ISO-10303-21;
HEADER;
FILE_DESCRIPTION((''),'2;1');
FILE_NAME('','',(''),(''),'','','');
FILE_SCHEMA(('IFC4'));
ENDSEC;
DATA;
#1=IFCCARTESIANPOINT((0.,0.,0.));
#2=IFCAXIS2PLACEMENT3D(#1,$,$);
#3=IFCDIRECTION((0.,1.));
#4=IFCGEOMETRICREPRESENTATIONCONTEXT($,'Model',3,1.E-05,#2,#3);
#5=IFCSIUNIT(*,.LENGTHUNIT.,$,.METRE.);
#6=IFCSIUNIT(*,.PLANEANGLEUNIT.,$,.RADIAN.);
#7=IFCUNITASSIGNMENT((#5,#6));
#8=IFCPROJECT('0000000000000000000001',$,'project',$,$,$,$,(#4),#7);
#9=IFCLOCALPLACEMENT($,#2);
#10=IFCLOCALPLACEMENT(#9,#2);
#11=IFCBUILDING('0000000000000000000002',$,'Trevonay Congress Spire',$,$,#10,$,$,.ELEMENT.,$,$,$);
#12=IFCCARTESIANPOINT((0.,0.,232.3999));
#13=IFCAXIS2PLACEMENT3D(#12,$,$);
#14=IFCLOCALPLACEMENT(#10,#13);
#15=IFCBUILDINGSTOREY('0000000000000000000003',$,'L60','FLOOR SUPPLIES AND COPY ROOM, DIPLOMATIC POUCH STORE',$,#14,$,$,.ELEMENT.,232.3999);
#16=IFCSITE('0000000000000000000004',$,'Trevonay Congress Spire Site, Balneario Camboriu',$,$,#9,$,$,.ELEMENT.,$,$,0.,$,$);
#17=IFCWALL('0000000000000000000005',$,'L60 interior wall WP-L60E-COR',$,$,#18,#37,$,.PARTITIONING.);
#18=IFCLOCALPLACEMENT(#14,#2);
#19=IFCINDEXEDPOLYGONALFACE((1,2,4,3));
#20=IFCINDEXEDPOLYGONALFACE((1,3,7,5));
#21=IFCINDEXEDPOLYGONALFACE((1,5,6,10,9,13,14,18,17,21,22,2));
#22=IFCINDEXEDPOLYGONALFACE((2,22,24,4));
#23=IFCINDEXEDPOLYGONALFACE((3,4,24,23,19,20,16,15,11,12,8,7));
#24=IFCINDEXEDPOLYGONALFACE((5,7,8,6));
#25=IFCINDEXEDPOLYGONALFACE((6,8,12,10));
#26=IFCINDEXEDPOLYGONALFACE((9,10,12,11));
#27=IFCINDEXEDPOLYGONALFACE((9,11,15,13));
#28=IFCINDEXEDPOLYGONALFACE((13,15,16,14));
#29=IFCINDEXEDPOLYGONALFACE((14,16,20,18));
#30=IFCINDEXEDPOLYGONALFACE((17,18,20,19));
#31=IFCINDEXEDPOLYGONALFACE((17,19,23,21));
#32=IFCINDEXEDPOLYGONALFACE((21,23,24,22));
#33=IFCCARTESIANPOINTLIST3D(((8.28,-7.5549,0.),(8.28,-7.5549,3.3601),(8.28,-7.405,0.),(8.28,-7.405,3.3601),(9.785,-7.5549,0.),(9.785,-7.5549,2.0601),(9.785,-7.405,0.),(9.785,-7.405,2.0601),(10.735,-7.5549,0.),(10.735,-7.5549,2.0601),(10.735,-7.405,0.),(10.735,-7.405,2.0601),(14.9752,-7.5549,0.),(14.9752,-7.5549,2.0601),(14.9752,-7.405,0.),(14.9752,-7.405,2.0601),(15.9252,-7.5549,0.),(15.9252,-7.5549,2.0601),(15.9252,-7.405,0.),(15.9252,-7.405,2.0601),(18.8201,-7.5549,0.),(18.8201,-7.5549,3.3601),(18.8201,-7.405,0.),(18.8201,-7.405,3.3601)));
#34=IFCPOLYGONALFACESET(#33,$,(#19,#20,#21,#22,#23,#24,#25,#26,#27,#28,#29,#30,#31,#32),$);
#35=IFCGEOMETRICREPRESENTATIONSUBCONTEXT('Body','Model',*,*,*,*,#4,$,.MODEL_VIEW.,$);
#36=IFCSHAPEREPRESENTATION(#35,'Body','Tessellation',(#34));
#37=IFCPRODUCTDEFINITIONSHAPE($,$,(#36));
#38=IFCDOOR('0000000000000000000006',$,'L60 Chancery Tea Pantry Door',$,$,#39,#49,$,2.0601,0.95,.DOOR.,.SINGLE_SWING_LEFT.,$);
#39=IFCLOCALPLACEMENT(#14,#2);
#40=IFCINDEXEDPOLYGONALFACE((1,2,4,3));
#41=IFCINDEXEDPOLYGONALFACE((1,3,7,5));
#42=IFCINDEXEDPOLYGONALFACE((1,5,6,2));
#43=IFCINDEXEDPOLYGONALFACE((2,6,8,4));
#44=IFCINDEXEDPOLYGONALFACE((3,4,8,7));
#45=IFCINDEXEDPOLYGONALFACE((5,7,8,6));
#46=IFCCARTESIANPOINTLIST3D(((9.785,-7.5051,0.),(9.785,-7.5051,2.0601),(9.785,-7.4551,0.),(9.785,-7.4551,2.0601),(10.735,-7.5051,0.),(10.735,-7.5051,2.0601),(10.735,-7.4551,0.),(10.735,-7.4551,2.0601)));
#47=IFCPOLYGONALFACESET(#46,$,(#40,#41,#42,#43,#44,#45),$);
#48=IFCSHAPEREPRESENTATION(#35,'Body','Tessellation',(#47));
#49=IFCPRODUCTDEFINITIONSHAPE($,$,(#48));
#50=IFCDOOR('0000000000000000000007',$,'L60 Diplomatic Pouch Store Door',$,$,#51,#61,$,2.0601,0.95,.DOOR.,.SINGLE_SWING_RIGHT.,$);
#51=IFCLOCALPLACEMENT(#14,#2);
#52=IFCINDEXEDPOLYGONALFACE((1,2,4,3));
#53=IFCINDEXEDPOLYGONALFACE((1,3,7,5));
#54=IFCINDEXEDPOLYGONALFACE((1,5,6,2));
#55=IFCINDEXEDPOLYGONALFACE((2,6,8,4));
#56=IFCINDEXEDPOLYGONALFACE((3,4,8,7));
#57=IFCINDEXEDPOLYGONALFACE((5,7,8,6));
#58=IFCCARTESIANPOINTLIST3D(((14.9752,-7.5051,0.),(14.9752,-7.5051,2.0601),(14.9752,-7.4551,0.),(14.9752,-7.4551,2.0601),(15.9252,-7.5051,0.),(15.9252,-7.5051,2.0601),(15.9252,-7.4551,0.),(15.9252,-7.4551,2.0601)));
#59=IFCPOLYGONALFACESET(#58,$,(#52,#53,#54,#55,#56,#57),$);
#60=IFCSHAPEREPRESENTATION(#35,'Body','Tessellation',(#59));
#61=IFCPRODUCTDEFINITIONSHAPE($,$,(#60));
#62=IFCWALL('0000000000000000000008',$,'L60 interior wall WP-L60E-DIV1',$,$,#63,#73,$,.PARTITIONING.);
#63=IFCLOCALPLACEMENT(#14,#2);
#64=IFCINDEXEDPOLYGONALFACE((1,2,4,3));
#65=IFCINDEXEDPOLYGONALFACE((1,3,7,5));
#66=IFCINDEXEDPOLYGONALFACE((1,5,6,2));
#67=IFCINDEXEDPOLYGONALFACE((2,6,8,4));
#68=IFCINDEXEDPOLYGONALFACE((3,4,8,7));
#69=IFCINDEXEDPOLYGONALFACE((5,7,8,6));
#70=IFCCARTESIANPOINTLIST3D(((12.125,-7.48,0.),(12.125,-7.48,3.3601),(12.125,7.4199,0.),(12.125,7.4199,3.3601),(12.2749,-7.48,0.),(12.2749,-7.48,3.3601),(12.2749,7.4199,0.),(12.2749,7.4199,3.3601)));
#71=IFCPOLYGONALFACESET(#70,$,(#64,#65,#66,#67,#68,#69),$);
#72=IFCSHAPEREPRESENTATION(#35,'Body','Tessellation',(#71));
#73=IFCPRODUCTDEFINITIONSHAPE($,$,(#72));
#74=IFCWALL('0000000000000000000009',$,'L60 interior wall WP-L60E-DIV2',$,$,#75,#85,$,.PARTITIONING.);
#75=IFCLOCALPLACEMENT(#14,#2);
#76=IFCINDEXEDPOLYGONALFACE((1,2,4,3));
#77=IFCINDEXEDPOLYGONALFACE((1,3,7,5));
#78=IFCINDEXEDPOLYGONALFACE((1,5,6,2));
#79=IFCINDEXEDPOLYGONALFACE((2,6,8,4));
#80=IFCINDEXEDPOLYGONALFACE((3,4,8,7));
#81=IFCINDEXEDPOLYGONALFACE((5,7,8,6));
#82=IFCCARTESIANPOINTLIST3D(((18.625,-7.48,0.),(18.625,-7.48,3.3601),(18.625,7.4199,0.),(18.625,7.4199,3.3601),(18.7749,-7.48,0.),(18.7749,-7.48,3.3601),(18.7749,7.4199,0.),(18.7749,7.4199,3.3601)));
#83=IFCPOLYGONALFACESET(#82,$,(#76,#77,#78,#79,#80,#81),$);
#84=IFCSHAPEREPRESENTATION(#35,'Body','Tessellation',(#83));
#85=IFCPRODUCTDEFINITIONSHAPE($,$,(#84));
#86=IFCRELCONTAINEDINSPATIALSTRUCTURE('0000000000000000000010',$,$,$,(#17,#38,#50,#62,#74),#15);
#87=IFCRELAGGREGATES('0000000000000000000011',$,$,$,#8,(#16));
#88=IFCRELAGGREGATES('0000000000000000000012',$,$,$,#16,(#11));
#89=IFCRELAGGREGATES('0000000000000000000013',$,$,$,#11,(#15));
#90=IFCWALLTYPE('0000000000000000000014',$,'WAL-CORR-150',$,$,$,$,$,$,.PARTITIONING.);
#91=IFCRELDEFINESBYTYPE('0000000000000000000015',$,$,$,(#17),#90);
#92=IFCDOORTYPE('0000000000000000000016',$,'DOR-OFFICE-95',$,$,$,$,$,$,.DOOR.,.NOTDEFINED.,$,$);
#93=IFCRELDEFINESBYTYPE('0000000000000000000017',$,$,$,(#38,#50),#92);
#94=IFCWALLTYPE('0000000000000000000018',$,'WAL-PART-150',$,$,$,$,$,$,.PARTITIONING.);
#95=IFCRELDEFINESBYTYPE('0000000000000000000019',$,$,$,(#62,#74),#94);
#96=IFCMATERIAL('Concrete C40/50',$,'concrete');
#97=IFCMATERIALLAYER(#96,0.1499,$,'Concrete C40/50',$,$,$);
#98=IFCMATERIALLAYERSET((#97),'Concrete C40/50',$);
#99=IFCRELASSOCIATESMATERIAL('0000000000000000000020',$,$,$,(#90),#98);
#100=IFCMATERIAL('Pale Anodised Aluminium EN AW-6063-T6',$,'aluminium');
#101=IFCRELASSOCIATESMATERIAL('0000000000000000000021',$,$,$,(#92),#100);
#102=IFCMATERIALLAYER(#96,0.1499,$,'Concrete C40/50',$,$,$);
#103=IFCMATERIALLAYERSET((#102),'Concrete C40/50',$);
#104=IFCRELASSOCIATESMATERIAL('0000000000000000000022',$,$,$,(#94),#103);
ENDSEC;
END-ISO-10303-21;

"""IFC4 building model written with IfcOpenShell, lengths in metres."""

from ifc_helpers import new_model, si_unit, direction, frame, frame_2d, origin, place, context, subcontext, project, spatial, rectangle, extrude, material, layer, layer_set, type_object, element, fill, save


model = new_model("IFC4")

# Units and contexts
model_context = context("Model", 3, precision=1e-05, world=origin(), true_north=direction((0.0, 1.0)))
body_context = subcontext(model_context, "Body", "Model", "MODEL_VIEW")
ifc_project = project(units=[si_unit("LENGTHUNIT", "METRE"), si_unit("PLANEANGLEUNIT", "RADIAN")], contexts=[model_context])

# Site, building, storey
site_placement = place(None, origin())
site = spatial("IfcSite", under=ifc_project, at=site_placement, Name="Trevonay Congress Spire Site, Balneario Camboriu", CompositionType="ELEMENT", RefElevation=0.0)
building_placement = place(site_placement, origin())
building = spatial("IfcBuilding", under=site, at=building_placement, Name="Trevonay Congress Spire", CompositionType="ELEMENT")
storey_placement = place(building_placement, frame((0.0, 0.0, 232.3999)))
storey = spatial("IfcBuildingStorey", under=building, at=storey_placement, Name="L60", Description="FLOOR SUPPLIES AND COPY ROOM, DIPLOMATIC POUCH STORE", CompositionType="ELEMENT", Elevation=232.3999)

# Shared definitions
ifc_material_1 = material(Name="Pale Anodised Aluminium EN AW-6063-T6", Category="aluminium")

# Wall, openings, doors
ifc_material_2 = material(Name="Concrete C40/50", Category="concrete")
ifc_layer_1 = layer(ifc_material_2, 0.1499, Name="Concrete C40/50")
ifc_layer_set_1 = layer_set([ifc_layer_1], Name="Concrete C40/50")
wall_type_1 = type_object("IfcWallType", Name="WAL-CORR-150", PredefinedType="PARTITIONING", material=ifc_layer_set_1)
wall_placement = place(storey_placement, frame((8.28, -7.48, 0.0), z_axis=(0.0, 0.0, 1.0), x_axis=(1.0, 0.0, 0.0)))
wall = element("IfcWall", 1, at=wall_placement, inside=storey, type_object=wall_type_1, Name="L60 interior wall WP-L60E-COR", PredefinedType="PARTITIONING", context=body_context, shape_type="SweptSolid", body=[
    extrude(rectangle(XDim=10.54, YDim=0.1499, at=frame_2d((5.27, 0.0))), origin(), (0.0, 0.0, 1.0), 3.3601),
])
opening_1_placement = place(wall_placement, frame((1.5049, 0.0, 0.0)))
opening_1 = element("IfcOpeningElement", 2, at=opening_1_placement, cuts=wall, PredefinedType="OPENING", context=body_context, shape_type="SweptSolid", body=[
    extrude(rectangle(XDim=0.95, YDim=2.0601, at=frame_2d((0.4751, 1.03))), frame((0.0, 0.085, 0.0), z_axis=(0.0, -1.0, 0.0), x_axis=(1.0, 0.0, 0.0)), (0.0, 0.0, 1.0), 0.1699),
])
opening_2_placement = place(wall_placement, frame((6.6951, 0.0, 0.0)))
opening_2 = element("IfcOpeningElement", 3, at=opening_2_placement, cuts=wall, PredefinedType="OPENING", context=body_context, shape_type="SweptSolid", body=[
    extrude(rectangle(XDim=0.95, YDim=2.0601, at=frame_2d((0.4751, 1.03))), frame((0.0, 0.085, 0.0), z_axis=(0.0, -1.0, 0.0), x_axis=(1.0, 0.0, 0.0)), (0.0, 0.0, 1.0), 0.1699),
])
door_type = type_object("IfcDoorType", Name="DOR-OFFICE-95", OperationType="NOTDEFINED", PredefinedType="DOOR", material=ifc_material_1)
door_1_placement = place(opening_1_placement, origin())
door_1 = element("IfcDoor", 4, at=door_1_placement, inside=storey, type_object=door_type, Name="L60 Chancery Tea Pantry Door", OperationType="SINGLE_SWING_LEFT", OverallHeight=2.0601, OverallWidth=0.95, PredefinedType="DOOR", context=body_context, shape_type="SweptSolid", body=[
    extrude(rectangle(XDim=0.95, YDim=2.0601, at=frame_2d((0.4751, 1.03))), frame((0.0, 0.0249, 0.0), z_axis=(0.0, -1.0, 0.0), x_axis=(1.0, 0.0, 0.0)), (0.0, 0.0, 1.0), 0.05),
])
fill(opening_1, door_1)
door_2_placement = place(opening_2_placement, origin())
door_2 = element("IfcDoor", 5, at=door_2_placement, inside=storey, type_object=door_type, Name="L60 Diplomatic Pouch Store Door", OperationType="SINGLE_SWING_RIGHT", OverallHeight=2.0601, OverallWidth=0.95, PredefinedType="DOOR", context=body_context, shape_type="SweptSolid", body=[
    extrude(rectangle(XDim=0.95, YDim=2.0601, at=frame_2d((0.4751, 1.03))), frame((0.0, 0.0249, 0.0), z_axis=(0.0, -1.0, 0.0), x_axis=(1.0, 0.0, 0.0)), (0.0, 0.0, 1.0), 0.05),
])
fill(opening_2, door_2)

# Walls
ifc_layer_2 = layer(ifc_material_2, 0.1499, Name="Concrete C40/50")
ifc_layer_set_2 = layer_set([ifc_layer_2], Name="Concrete C40/50")
wall_type_2 = type_object("IfcWallType", Name="WAL-PART-150", PredefinedType="PARTITIONING", material=ifc_layer_set_2)
for number, where, z_axis, x_axis, name in (
    (6, (12.2, -7.48, 0.0), (0.0, 0.0, 1.0), (0.0, 1.0, 0.0), "L60 interior wall WP-L60E-DIV1"),
    (7, (18.7, -7.48, 0.0), (0.0, 0.0, 1.0), (0.0, 1.0, 0.0), "L60 interior wall WP-L60E-DIV2"),
):
    element("IfcWall", number, at=place(storey_placement, frame(where, z_axis=z_axis, x_axis=x_axis)), inside=storey, type_object=wall_type_2, Name=name, PredefinedType="PARTITIONING", context=body_context, shape_type="SweptSolid", body=[
        extrude(rectangle(XDim=14.8999, YDim=0.1499, at=frame_2d((7.45, 0.0))), origin(), (0.0, 0.0, 1.0), 3.3601),
    ])

save(model, "model.ifc")
